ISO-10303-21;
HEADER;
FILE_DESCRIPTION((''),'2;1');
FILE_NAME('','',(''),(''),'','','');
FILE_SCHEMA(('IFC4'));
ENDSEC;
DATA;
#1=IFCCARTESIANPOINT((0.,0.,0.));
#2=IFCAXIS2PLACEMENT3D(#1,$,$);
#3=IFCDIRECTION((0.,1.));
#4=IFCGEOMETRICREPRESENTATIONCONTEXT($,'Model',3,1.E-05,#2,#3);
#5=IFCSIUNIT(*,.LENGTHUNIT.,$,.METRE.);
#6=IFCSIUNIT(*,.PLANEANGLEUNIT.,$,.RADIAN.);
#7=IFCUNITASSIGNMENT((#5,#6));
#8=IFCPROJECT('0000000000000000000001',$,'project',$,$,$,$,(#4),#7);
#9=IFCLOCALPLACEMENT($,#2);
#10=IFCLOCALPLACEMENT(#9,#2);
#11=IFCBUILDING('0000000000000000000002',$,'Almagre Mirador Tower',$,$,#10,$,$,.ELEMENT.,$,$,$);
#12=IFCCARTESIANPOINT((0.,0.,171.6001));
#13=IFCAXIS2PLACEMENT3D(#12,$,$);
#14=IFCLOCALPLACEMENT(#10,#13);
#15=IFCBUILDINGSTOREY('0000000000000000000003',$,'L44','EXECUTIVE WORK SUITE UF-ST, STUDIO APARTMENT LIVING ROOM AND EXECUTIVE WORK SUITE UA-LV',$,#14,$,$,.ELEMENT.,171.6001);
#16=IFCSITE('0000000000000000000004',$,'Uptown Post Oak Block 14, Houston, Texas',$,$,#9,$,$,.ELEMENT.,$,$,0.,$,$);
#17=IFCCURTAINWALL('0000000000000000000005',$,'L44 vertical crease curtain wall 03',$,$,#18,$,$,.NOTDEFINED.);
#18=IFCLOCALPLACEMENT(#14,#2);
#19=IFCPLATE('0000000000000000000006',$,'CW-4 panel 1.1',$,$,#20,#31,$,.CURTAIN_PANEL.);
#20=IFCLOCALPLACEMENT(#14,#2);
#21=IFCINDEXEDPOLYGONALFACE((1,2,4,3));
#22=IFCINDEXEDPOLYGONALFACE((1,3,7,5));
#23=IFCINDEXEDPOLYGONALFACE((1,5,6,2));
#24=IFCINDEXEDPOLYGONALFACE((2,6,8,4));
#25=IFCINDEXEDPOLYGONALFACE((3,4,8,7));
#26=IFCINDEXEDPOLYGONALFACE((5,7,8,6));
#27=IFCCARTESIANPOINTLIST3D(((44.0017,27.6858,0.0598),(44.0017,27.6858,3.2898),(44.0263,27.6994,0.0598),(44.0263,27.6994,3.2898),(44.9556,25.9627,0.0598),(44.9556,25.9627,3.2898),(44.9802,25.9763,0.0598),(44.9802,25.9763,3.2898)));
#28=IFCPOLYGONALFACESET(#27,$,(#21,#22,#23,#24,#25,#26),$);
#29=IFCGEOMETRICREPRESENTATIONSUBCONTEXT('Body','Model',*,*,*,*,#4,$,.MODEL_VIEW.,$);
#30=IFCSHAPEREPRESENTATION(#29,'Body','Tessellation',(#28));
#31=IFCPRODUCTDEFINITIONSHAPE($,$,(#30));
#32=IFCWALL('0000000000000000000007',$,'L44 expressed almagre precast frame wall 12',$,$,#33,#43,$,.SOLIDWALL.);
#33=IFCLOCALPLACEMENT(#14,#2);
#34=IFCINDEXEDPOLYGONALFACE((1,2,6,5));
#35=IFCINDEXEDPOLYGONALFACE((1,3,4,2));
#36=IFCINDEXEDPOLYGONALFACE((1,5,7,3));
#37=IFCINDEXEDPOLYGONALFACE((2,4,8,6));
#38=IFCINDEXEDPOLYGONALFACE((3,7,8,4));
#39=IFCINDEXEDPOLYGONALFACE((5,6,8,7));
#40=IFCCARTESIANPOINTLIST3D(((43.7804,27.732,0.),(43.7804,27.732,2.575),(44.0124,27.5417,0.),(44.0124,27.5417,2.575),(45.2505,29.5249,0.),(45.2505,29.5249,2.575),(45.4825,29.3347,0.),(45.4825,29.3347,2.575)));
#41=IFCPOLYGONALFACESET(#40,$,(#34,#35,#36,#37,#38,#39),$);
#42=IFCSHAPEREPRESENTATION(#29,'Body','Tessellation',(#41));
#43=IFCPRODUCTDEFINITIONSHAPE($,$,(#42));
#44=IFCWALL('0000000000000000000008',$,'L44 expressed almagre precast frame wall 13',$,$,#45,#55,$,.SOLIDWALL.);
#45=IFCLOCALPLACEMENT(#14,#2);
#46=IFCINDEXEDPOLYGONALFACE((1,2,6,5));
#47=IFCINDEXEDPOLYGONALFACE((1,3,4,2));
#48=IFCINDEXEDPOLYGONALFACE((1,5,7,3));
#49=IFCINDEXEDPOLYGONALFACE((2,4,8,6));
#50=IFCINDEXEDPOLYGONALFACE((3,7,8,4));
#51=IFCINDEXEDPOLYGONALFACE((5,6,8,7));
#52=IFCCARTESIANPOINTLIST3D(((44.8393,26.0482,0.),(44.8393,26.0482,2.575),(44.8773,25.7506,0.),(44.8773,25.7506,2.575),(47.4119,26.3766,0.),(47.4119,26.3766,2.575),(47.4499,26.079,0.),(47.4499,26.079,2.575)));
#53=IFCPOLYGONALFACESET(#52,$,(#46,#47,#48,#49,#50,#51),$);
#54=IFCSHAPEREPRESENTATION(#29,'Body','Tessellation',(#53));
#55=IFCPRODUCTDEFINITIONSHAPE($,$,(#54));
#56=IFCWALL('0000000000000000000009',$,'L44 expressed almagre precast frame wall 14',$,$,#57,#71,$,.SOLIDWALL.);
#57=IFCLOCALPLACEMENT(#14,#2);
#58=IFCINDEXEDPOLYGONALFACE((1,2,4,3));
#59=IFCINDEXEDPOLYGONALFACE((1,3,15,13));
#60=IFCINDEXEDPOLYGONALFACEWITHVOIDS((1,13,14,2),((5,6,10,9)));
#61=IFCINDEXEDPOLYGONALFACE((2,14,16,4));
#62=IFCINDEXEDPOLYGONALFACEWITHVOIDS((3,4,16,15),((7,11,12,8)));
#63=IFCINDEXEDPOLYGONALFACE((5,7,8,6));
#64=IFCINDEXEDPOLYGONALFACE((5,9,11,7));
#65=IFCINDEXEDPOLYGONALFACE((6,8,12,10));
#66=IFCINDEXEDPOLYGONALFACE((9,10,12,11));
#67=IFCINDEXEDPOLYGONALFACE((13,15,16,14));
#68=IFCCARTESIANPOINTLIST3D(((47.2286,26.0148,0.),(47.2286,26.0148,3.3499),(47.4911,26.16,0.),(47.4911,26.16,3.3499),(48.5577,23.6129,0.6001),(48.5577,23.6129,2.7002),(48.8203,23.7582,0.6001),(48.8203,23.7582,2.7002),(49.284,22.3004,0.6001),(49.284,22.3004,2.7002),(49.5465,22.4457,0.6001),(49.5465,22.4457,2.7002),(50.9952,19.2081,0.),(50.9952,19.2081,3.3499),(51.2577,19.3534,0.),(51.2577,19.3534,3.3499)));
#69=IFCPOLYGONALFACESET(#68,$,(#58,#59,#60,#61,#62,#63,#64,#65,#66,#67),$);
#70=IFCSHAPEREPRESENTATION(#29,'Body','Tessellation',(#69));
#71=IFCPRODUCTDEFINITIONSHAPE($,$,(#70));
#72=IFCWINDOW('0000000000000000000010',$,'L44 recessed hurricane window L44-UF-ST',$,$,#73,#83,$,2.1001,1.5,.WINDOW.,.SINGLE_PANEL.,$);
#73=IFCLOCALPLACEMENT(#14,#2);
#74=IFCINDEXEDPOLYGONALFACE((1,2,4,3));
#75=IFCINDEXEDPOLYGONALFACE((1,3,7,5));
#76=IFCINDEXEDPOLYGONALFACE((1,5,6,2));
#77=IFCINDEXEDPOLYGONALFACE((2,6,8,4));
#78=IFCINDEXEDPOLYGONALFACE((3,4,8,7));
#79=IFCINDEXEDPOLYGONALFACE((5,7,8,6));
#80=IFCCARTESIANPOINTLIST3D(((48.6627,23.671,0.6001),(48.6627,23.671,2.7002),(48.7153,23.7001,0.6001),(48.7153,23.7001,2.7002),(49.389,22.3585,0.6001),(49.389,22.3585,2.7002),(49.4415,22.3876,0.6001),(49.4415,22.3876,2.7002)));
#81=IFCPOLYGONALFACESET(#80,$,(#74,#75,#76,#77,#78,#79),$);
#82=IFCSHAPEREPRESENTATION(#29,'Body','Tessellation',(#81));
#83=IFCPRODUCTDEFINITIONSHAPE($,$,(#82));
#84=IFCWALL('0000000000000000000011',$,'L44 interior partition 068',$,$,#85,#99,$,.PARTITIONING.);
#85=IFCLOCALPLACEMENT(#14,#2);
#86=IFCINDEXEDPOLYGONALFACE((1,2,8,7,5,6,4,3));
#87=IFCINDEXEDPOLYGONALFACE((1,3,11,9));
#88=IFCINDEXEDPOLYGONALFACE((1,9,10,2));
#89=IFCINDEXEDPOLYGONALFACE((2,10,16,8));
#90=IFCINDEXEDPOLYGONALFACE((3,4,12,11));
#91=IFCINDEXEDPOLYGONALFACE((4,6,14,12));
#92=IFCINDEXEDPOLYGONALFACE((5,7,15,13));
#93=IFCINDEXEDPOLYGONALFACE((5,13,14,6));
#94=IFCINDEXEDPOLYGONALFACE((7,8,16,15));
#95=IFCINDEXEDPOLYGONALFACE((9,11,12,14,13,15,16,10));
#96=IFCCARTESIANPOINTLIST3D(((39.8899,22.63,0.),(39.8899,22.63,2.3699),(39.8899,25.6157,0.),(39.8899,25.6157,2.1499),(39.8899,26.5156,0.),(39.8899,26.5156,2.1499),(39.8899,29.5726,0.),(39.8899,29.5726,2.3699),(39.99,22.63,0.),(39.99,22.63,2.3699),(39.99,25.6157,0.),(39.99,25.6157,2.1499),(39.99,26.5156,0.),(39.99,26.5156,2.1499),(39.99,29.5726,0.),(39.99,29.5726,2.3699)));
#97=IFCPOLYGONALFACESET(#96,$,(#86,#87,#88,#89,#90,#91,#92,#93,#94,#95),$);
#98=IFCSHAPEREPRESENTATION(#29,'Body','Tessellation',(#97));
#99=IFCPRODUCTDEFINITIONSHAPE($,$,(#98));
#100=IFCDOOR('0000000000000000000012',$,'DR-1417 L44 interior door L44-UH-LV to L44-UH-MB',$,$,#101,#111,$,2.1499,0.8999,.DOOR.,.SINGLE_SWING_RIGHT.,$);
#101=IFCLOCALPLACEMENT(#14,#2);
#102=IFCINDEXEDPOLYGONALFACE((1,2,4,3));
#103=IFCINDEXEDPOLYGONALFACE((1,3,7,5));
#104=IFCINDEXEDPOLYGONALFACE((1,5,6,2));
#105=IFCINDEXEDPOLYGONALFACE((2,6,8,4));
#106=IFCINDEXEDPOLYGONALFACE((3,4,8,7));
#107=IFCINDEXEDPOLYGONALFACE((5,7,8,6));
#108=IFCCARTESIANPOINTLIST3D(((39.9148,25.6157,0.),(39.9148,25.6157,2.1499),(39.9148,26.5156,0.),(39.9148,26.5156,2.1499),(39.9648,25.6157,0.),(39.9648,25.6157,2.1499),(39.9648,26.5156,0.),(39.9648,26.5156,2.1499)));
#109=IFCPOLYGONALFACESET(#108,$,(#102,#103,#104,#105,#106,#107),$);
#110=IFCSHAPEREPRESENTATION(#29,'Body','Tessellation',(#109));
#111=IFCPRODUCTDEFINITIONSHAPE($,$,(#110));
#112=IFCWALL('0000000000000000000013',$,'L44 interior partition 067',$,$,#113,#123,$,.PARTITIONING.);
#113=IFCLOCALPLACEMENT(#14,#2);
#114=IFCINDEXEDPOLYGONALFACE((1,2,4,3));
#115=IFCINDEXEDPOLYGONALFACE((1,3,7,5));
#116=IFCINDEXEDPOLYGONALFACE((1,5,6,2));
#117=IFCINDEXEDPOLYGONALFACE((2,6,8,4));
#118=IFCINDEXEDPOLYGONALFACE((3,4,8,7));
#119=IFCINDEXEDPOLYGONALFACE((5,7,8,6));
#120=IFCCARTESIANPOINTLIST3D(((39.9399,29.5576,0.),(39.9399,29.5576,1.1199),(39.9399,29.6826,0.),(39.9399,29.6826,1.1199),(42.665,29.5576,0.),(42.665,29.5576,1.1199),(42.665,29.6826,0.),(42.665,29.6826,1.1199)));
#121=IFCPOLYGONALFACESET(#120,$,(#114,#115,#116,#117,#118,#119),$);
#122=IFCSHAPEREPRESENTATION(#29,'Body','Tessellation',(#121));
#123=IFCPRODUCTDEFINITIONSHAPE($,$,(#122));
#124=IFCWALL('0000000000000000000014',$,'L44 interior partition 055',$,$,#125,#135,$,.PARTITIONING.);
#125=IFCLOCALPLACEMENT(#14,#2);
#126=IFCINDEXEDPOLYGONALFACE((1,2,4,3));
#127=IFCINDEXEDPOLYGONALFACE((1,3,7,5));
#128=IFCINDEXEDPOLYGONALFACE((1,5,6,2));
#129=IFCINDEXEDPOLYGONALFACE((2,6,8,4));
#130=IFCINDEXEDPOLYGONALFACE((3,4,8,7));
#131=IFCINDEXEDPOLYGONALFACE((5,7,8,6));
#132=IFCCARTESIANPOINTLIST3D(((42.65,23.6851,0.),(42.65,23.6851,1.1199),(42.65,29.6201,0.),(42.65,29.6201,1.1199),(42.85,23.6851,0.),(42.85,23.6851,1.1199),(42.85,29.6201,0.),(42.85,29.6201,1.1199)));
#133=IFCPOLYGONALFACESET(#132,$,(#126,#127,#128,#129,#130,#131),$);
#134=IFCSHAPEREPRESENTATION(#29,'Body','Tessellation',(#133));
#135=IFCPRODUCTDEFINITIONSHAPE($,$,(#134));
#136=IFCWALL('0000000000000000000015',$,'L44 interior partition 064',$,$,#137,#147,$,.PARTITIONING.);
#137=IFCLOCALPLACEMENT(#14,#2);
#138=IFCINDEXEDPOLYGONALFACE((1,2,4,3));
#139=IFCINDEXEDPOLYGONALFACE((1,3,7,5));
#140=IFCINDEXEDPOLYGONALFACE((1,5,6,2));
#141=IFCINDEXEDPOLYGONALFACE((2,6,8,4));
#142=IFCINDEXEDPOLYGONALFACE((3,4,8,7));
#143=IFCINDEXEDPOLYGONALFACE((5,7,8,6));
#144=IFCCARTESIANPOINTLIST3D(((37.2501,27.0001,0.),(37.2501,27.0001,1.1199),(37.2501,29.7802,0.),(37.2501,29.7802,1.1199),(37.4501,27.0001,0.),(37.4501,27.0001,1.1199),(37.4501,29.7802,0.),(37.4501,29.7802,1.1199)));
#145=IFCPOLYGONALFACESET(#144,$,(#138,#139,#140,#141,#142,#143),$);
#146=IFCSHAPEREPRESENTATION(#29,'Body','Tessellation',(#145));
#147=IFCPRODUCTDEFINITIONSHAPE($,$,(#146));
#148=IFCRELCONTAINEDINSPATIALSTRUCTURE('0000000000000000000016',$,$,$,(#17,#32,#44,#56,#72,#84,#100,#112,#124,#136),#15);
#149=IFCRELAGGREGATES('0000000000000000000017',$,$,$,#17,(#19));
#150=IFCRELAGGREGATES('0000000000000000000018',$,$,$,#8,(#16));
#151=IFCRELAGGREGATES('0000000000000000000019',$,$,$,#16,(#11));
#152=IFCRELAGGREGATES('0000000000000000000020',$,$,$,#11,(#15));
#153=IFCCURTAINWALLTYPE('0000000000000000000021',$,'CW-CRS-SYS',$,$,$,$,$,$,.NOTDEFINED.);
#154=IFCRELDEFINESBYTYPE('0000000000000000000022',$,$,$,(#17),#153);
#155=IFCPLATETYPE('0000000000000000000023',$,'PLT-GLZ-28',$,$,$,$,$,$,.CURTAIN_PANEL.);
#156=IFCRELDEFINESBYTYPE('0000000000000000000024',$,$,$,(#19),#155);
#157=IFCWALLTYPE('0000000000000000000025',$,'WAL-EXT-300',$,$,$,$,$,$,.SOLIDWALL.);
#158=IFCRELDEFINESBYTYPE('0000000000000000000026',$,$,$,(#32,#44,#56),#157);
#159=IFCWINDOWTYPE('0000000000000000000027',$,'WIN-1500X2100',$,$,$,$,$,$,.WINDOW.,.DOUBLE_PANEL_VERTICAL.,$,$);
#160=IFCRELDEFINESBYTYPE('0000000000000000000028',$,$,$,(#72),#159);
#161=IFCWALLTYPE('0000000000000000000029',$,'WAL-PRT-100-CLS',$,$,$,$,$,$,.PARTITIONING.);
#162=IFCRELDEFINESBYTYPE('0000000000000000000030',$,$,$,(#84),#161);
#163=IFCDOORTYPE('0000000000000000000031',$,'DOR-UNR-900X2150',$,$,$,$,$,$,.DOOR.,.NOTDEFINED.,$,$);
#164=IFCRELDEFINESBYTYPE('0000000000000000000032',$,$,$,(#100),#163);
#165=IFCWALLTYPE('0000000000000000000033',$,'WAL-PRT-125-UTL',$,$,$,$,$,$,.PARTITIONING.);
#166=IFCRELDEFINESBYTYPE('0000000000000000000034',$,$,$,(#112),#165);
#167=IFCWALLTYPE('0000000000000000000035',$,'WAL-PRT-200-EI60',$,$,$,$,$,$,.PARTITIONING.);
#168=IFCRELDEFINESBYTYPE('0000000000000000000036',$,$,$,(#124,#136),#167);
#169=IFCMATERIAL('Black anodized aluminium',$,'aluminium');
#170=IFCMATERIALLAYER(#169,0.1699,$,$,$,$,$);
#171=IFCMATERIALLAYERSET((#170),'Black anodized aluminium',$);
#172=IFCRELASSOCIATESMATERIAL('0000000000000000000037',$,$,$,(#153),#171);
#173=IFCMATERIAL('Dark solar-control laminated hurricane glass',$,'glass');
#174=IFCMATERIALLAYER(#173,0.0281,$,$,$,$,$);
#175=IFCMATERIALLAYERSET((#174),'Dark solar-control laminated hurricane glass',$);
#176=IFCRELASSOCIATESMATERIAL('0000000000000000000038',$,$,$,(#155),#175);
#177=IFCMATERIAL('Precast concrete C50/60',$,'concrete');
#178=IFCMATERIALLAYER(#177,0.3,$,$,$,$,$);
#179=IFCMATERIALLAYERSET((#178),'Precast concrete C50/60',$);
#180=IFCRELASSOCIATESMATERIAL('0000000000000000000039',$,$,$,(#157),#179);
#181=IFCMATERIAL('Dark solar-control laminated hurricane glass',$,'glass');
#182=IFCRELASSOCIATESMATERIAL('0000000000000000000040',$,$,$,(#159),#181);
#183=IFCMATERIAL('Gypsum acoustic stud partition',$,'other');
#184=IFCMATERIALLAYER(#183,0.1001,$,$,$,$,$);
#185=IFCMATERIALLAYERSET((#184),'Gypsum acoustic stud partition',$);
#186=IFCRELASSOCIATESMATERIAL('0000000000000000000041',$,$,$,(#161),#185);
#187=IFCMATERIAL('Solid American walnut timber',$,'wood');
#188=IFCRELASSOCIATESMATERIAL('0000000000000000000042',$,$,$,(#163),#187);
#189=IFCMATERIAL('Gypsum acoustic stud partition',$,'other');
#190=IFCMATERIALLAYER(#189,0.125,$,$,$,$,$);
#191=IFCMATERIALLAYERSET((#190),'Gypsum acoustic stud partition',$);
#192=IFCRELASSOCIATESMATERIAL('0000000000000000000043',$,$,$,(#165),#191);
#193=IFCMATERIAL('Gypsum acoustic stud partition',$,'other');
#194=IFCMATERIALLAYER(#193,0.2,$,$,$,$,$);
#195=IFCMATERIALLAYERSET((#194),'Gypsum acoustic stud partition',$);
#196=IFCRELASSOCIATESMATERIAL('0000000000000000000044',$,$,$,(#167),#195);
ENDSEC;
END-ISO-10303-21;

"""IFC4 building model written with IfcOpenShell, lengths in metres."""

from ifc_helpers import new_model, si_unit, direction, frame, frame_2d, origin, origin_2d, place, context, subcontext, project, spatial, rectangle, extrude, material, layer, layer_set, type_object, element, fill, aggregate, save


model = new_model("IFC4")

# Units and contexts
model_context = context("Model", 3, precision=1e-05, world=origin(), true_north=direction((0.0, 1.0)))
body_context = subcontext(model_context, "Body", "Model", "MODEL_VIEW")
ifc_project = project(units=[si_unit("LENGTHUNIT", "METRE"), si_unit("PLANEANGLEUNIT", "RADIAN")], contexts=[model_context])

# Site, building, storey
site_placement = place(None, origin())
site = spatial("IfcSite", under=ifc_project, at=site_placement, Name="Uptown Post Oak Block 14, Houston, Texas", CompositionType="ELEMENT", RefElevation=0.0)
building_placement = place(site_placement, origin())
building = spatial("IfcBuilding", under=site, at=building_placement, Name="Almagre Mirador Tower", CompositionType="ELEMENT")
storey_placement = place(building_placement, frame((0.0, 0.0, 171.6001)))
storey = spatial("IfcBuildingStorey", under=building, at=storey_placement, Name="L44", Description="EXECUTIVE WORK SUITE UF-ST, STUDIO APARTMENT LIVING ROOM AND EXECUTIVE WORK SUITE UA-LV", CompositionType="ELEMENT", Elevation=171.6001)

# Curtain wall, plate
ifc_material_1 = material(Name="Black anodized aluminium", Category="aluminium")
ifc_layer_1 = layer(ifc_material_1, 0.1699)
ifc_layer_set_1 = layer_set([ifc_layer_1], Name="Black anodized aluminium")
curtain_wall_type = type_object("IfcCurtainWallType", Name="CW-CRS-SYS", PredefinedType="NOTDEFINED", material=ifc_layer_set_1)
curtain_wall_placement = place(storey_placement, origin())
curtain_wall = element("IfcCurtainWall", 1, at=curtain_wall_placement, inside=storey, type_object=curtain_wall_type, Name="L44 vertical crease curtain wall 03", PredefinedType="NOTDEFINED")
ifc_material_2 = material(Name="Dark solar-control laminated hurricane glass", Category="glass")
ifc_layer_2 = layer(ifc_material_2, 0.0281)
ifc_layer_set_2 = layer_set([ifc_layer_2], Name="Dark solar-control laminated hurricane glass")
plate_type = type_object("IfcPlateType", Name="PLT-GLZ-28", PredefinedType="CURTAIN_PANEL", material=ifc_layer_set_2)
plate_placement = place(storey_placement, frame((44.491, 26.8311, 0.0598), z_axis=(0.0, 0.0, 1.0), x_axis=(0.484342, -0.874879, 0.0)))
plate = element("IfcPlate", 2, at=plate_placement, type_object=plate_type, Name="CW-4 panel 1.1", PredefinedType="CURTAIN_PANEL", context=body_context, shape_type="SweptSolid", body=[
    extrude(rectangle(XDim=1.9695, YDim=0.0281, at=origin_2d()), origin(), (0.0, 0.0, 1.0), 3.23),
])
aggregate(curtain_wall, [plate])

# Walls
ifc_material_3 = material(Name="Precast concrete C50/60", Category="concrete")
ifc_layer_3 = layer(ifc_material_3, 0.3)
ifc_layer_set_3 = layer_set([ifc_layer_3], Name="Precast concrete C50/60")
wall_type_1 = type_object("IfcWallType", Name="WAL-EXT-300", PredefinedType="SOLIDWALL", material=ifc_layer_set_3)
wall_1_placement = place(storey_placement, frame((45.3665, 29.4297, 0.0), z_axis=(0.0, 0.0, 1.0), x_axis=(-0.634075, -0.773272, 0.0)))
element("IfcWall", 3, at=wall_1_placement, inside=storey, type_object=wall_type_1, Name="L44 expressed almagre precast frame wall 12", PredefinedType="SOLIDWALL", context=body_context, shape_type="SweptSolid", body=[
    extrude(rectangle(XDim=2.3186, YDim=0.3, at=frame_2d((1.1592, 0.0))), origin(), (0.0, 0.0, 1.0), 2.575),
])
wall_2_placement = place(storey_placement, frame((44.8582, 25.8994, 0.0), z_axis=(0.0, 0.0, 1.0), x_axis=(0.991953, 0.126606, 0.0)))
element("IfcWall", 4, at=wall_2_placement, inside=storey, type_object=wall_type_1, Name="L44 expressed almagre precast frame wall 13", PredefinedType="SOLIDWALL", context=body_context, shape_type="SweptSolid", body=[
    extrude(rectangle(XDim=2.5935, YDim=0.3, at=frame_2d((1.2969, 0.0))), origin(), (0.0, 0.0, 1.0), 2.575),
])

# Wall, opening, window
wall_3_placement = place(storey_placement, frame((47.3599, 26.0874, 0.0), z_axis=(0.0, 0.0, 1.0), x_axis=(0.484182, -0.874967, 0.0)))
wall_3 = element("IfcWall", 5, at=wall_3_placement, inside=storey, type_object=wall_type_1, Name="L44 expressed almagre precast frame wall 14", PredefinedType="SOLIDWALL", context=body_context, shape_type="SweptSolid", body=[
    extrude(rectangle(XDim=7.7793, YDim=0.3, at=frame_2d((3.8896, 0.0))), origin(), (0.0, 0.0, 1.0), 3.3499),
])
opening_1_placement = place(wall_3_placement, frame((2.7451, 0.0, 0.6001)))
opening_1 = element("IfcOpeningElement", 6, at=opening_1_placement, cuts=wall_3, PredefinedType="OPENING", context=body_context, shape_type="SweptSolid", body=[
    extrude(rectangle(XDim=1.5, YDim=2.1001, at=frame_2d((0.75, 1.05))), frame((0.0, 0.1599, 0.0), z_axis=(0.0, -1.0, 0.0), x_axis=(1.0, 0.0, 0.0)), (0.0, 0.0, 1.0), 0.32),
])
ifc_material_4 = material(Name="Dark solar-control laminated hurricane glass", Category="glass")
window_type = type_object("IfcWindowType", Name="WIN-1500X2100", PartitioningType="DOUBLE_PANEL_VERTICAL", PredefinedType="WINDOW", material=ifc_material_4)
window_placement = place(opening_1_placement, origin())
window = element("IfcWindow", 7, at=window_placement, inside=storey, type_object=window_type, Name="L44 recessed hurricane window L44-UF-ST", OverallHeight=2.1001, OverallWidth=1.5, PartitioningType="SINGLE_PANEL", PredefinedType="WINDOW", context=body_context, shape_type="SweptSolid", body=[
    extrude(rectangle(XDim=1.5, YDim=2.1001, at=frame_2d((0.75, 1.05))), frame((0.0, 0.03, 0.0), z_axis=(0.0, -1.0, 0.0), x_axis=(1.0, 0.0, 0.0)), (0.0, 0.0, 1.0), 0.0601),
])
fill(opening_1, window)

# Wall, opening, door
ifc_material_5 = material(Name="Gypsum acoustic stud partition", Category="other")
ifc_layer_4 = layer(ifc_material_5, 0.1001)
ifc_layer_set_4 = layer_set([ifc_layer_4], Name="Gypsum acoustic stud partition")
wall_type_2 = type_object("IfcWallType", Name="WAL-PRT-100-CLS", PredefinedType="PARTITIONING", material=ifc_layer_set_4)
wall_4_placement = place(storey_placement, frame((39.9399, 29.5725, 0.0), z_axis=(0.0, 0.0, 1.0), x_axis=(0.0, -1.0, 0.0)))
wall_4 = element("IfcWall", 8, at=wall_4_placement, inside=storey, type_object=wall_type_2, Name="L44 interior partition 068", PredefinedType="PARTITIONING", context=body_context, shape_type="SweptSolid", body=[
    extrude(rectangle(XDim=6.9426, YDim=0.1001, at=frame_2d((3.4712, 0.0))), origin(), (0.0, 0.0, 1.0), 2.3699),
])
opening_2_placement = place(wall_4_placement, frame((3.0569, 0.0, 0.0)))
opening_2 = element("IfcOpeningElement", 9, at=opening_2_placement, cuts=wall_4, PredefinedType="OPENING", context=body_context, shape_type="SweptSolid", body=[
    extrude(rectangle(XDim=0.8999, YDim=2.1499, at=frame_2d((0.45, 1.075))), frame((0.0, 0.06, 0.0), z_axis=(0.0, -1.0, 0.0), x_axis=(1.0, 0.0, 0.0)), (0.0, 0.0, 1.0), 0.1201),
])
ifc_material_6 = material(Name="Solid American walnut timber", Category="wood")
door_type = type_object("IfcDoorType", Name="DOR-UNR-900X2150", OperationType="NOTDEFINED", PredefinedType="DOOR", material=ifc_material_6)
door_placement = place(opening_2_placement, origin())
door = element("IfcDoor", 10, at=door_placement, inside=storey, type_object=door_type, Name="DR-1417 L44 interior door L44-UH-LV to L44-UH-MB", OperationType="SINGLE_SWING_RIGHT", OverallHeight=2.1499, OverallWidth=0.8999, PredefinedType="DOOR", context=body_context, shape_type="SweptSolid", body=[
    extrude(rectangle(XDim=0.8999, YDim=2.1499, at=frame_2d((0.45, 1.075))), frame((0.0, 0.0249, 0.0), z_axis=(0.0, -1.0, 0.0), x_axis=(1.0, 0.0, 0.0)), (0.0, 0.0, 1.0), 0.05),
])
fill(opening_2, door)

# Walls
ifc_material_7 = material(Name="Gypsum acoustic stud partition", Category="other")
ifc_layer_5 = layer(ifc_material_7, 0.125)
ifc_layer_set_5 = layer_set([ifc_layer_5], Name="Gypsum acoustic stud partition")
wall_type_3 = type_object("IfcWallType", Name="WAL-PRT-125-UTL", PredefinedType="PARTITIONING", material=ifc_layer_set_5)
wall_5_placement = place(storey_placement, frame((42.665, 29.6201, 0.0), z_axis=(0.0, 0.0, 1.0), x_axis=(-1.0, 0.0, 0.0)))
element("IfcWall", 11, at=wall_5_placement, inside=storey, type_object=wall_type_3, Name="L44 interior partition 067", PredefinedType="PARTITIONING", context=body_context, shape_type="SweptSolid", body=[
    extrude(rectangle(XDim=2.7251, YDim=0.125, at=frame_2d((1.3625, 0.0))), origin(), (0.0, 0.0, 1.0), 1.1199),
])
ifc_material_8 = material(Name="Gypsum acoustic stud partition", Category="other")
ifc_layer_6 = layer(ifc_material_8, 0.2)
ifc_layer_set_6 = layer_set([ifc_layer_6], Name="Gypsum acoustic stud partition")
wall_type_4 = type_object("IfcWallType", Name="WAL-PRT-200-EI60", PredefinedType="PARTITIONING", material=ifc_layer_set_6)
wall_6_placement = place(storey_placement, frame((42.75, 29.6201, 0.0), z_axis=(0.0, 0.0, 1.0), x_axis=(0.0, -1.0, 0.0)))
element("IfcWall", 12, at=wall_6_placement, inside=storey, type_object=wall_type_4, Name="L44 interior partition 055", PredefinedType="PARTITIONING", context=body_context, shape_type="SweptSolid", body=[
    extrude(rectangle(XDim=5.9351, YDim=0.2, at=frame_2d((2.9675, 0.0))), origin(), (0.0, 0.0, 1.0), 1.1199),
])
wall_7_placement = place(storey_placement, frame((37.3501, 27.0, 0.0), z_axis=(0.0, 0.0, 1.0), x_axis=(0.0, 1.0, 0.0)))
element("IfcWall", 13, at=wall_7_placement, inside=storey, type_object=wall_type_4, Name="L44 interior partition 064", PredefinedType="PARTITIONING", context=body_context, shape_type="SweptSolid", body=[
    extrude(rectangle(XDim=2.78, YDim=0.2, at=frame_2d((1.3901, 0.0))), origin(), (0.0, 0.0, 1.0), 1.1199),
])

save(model, "model.ifc")
